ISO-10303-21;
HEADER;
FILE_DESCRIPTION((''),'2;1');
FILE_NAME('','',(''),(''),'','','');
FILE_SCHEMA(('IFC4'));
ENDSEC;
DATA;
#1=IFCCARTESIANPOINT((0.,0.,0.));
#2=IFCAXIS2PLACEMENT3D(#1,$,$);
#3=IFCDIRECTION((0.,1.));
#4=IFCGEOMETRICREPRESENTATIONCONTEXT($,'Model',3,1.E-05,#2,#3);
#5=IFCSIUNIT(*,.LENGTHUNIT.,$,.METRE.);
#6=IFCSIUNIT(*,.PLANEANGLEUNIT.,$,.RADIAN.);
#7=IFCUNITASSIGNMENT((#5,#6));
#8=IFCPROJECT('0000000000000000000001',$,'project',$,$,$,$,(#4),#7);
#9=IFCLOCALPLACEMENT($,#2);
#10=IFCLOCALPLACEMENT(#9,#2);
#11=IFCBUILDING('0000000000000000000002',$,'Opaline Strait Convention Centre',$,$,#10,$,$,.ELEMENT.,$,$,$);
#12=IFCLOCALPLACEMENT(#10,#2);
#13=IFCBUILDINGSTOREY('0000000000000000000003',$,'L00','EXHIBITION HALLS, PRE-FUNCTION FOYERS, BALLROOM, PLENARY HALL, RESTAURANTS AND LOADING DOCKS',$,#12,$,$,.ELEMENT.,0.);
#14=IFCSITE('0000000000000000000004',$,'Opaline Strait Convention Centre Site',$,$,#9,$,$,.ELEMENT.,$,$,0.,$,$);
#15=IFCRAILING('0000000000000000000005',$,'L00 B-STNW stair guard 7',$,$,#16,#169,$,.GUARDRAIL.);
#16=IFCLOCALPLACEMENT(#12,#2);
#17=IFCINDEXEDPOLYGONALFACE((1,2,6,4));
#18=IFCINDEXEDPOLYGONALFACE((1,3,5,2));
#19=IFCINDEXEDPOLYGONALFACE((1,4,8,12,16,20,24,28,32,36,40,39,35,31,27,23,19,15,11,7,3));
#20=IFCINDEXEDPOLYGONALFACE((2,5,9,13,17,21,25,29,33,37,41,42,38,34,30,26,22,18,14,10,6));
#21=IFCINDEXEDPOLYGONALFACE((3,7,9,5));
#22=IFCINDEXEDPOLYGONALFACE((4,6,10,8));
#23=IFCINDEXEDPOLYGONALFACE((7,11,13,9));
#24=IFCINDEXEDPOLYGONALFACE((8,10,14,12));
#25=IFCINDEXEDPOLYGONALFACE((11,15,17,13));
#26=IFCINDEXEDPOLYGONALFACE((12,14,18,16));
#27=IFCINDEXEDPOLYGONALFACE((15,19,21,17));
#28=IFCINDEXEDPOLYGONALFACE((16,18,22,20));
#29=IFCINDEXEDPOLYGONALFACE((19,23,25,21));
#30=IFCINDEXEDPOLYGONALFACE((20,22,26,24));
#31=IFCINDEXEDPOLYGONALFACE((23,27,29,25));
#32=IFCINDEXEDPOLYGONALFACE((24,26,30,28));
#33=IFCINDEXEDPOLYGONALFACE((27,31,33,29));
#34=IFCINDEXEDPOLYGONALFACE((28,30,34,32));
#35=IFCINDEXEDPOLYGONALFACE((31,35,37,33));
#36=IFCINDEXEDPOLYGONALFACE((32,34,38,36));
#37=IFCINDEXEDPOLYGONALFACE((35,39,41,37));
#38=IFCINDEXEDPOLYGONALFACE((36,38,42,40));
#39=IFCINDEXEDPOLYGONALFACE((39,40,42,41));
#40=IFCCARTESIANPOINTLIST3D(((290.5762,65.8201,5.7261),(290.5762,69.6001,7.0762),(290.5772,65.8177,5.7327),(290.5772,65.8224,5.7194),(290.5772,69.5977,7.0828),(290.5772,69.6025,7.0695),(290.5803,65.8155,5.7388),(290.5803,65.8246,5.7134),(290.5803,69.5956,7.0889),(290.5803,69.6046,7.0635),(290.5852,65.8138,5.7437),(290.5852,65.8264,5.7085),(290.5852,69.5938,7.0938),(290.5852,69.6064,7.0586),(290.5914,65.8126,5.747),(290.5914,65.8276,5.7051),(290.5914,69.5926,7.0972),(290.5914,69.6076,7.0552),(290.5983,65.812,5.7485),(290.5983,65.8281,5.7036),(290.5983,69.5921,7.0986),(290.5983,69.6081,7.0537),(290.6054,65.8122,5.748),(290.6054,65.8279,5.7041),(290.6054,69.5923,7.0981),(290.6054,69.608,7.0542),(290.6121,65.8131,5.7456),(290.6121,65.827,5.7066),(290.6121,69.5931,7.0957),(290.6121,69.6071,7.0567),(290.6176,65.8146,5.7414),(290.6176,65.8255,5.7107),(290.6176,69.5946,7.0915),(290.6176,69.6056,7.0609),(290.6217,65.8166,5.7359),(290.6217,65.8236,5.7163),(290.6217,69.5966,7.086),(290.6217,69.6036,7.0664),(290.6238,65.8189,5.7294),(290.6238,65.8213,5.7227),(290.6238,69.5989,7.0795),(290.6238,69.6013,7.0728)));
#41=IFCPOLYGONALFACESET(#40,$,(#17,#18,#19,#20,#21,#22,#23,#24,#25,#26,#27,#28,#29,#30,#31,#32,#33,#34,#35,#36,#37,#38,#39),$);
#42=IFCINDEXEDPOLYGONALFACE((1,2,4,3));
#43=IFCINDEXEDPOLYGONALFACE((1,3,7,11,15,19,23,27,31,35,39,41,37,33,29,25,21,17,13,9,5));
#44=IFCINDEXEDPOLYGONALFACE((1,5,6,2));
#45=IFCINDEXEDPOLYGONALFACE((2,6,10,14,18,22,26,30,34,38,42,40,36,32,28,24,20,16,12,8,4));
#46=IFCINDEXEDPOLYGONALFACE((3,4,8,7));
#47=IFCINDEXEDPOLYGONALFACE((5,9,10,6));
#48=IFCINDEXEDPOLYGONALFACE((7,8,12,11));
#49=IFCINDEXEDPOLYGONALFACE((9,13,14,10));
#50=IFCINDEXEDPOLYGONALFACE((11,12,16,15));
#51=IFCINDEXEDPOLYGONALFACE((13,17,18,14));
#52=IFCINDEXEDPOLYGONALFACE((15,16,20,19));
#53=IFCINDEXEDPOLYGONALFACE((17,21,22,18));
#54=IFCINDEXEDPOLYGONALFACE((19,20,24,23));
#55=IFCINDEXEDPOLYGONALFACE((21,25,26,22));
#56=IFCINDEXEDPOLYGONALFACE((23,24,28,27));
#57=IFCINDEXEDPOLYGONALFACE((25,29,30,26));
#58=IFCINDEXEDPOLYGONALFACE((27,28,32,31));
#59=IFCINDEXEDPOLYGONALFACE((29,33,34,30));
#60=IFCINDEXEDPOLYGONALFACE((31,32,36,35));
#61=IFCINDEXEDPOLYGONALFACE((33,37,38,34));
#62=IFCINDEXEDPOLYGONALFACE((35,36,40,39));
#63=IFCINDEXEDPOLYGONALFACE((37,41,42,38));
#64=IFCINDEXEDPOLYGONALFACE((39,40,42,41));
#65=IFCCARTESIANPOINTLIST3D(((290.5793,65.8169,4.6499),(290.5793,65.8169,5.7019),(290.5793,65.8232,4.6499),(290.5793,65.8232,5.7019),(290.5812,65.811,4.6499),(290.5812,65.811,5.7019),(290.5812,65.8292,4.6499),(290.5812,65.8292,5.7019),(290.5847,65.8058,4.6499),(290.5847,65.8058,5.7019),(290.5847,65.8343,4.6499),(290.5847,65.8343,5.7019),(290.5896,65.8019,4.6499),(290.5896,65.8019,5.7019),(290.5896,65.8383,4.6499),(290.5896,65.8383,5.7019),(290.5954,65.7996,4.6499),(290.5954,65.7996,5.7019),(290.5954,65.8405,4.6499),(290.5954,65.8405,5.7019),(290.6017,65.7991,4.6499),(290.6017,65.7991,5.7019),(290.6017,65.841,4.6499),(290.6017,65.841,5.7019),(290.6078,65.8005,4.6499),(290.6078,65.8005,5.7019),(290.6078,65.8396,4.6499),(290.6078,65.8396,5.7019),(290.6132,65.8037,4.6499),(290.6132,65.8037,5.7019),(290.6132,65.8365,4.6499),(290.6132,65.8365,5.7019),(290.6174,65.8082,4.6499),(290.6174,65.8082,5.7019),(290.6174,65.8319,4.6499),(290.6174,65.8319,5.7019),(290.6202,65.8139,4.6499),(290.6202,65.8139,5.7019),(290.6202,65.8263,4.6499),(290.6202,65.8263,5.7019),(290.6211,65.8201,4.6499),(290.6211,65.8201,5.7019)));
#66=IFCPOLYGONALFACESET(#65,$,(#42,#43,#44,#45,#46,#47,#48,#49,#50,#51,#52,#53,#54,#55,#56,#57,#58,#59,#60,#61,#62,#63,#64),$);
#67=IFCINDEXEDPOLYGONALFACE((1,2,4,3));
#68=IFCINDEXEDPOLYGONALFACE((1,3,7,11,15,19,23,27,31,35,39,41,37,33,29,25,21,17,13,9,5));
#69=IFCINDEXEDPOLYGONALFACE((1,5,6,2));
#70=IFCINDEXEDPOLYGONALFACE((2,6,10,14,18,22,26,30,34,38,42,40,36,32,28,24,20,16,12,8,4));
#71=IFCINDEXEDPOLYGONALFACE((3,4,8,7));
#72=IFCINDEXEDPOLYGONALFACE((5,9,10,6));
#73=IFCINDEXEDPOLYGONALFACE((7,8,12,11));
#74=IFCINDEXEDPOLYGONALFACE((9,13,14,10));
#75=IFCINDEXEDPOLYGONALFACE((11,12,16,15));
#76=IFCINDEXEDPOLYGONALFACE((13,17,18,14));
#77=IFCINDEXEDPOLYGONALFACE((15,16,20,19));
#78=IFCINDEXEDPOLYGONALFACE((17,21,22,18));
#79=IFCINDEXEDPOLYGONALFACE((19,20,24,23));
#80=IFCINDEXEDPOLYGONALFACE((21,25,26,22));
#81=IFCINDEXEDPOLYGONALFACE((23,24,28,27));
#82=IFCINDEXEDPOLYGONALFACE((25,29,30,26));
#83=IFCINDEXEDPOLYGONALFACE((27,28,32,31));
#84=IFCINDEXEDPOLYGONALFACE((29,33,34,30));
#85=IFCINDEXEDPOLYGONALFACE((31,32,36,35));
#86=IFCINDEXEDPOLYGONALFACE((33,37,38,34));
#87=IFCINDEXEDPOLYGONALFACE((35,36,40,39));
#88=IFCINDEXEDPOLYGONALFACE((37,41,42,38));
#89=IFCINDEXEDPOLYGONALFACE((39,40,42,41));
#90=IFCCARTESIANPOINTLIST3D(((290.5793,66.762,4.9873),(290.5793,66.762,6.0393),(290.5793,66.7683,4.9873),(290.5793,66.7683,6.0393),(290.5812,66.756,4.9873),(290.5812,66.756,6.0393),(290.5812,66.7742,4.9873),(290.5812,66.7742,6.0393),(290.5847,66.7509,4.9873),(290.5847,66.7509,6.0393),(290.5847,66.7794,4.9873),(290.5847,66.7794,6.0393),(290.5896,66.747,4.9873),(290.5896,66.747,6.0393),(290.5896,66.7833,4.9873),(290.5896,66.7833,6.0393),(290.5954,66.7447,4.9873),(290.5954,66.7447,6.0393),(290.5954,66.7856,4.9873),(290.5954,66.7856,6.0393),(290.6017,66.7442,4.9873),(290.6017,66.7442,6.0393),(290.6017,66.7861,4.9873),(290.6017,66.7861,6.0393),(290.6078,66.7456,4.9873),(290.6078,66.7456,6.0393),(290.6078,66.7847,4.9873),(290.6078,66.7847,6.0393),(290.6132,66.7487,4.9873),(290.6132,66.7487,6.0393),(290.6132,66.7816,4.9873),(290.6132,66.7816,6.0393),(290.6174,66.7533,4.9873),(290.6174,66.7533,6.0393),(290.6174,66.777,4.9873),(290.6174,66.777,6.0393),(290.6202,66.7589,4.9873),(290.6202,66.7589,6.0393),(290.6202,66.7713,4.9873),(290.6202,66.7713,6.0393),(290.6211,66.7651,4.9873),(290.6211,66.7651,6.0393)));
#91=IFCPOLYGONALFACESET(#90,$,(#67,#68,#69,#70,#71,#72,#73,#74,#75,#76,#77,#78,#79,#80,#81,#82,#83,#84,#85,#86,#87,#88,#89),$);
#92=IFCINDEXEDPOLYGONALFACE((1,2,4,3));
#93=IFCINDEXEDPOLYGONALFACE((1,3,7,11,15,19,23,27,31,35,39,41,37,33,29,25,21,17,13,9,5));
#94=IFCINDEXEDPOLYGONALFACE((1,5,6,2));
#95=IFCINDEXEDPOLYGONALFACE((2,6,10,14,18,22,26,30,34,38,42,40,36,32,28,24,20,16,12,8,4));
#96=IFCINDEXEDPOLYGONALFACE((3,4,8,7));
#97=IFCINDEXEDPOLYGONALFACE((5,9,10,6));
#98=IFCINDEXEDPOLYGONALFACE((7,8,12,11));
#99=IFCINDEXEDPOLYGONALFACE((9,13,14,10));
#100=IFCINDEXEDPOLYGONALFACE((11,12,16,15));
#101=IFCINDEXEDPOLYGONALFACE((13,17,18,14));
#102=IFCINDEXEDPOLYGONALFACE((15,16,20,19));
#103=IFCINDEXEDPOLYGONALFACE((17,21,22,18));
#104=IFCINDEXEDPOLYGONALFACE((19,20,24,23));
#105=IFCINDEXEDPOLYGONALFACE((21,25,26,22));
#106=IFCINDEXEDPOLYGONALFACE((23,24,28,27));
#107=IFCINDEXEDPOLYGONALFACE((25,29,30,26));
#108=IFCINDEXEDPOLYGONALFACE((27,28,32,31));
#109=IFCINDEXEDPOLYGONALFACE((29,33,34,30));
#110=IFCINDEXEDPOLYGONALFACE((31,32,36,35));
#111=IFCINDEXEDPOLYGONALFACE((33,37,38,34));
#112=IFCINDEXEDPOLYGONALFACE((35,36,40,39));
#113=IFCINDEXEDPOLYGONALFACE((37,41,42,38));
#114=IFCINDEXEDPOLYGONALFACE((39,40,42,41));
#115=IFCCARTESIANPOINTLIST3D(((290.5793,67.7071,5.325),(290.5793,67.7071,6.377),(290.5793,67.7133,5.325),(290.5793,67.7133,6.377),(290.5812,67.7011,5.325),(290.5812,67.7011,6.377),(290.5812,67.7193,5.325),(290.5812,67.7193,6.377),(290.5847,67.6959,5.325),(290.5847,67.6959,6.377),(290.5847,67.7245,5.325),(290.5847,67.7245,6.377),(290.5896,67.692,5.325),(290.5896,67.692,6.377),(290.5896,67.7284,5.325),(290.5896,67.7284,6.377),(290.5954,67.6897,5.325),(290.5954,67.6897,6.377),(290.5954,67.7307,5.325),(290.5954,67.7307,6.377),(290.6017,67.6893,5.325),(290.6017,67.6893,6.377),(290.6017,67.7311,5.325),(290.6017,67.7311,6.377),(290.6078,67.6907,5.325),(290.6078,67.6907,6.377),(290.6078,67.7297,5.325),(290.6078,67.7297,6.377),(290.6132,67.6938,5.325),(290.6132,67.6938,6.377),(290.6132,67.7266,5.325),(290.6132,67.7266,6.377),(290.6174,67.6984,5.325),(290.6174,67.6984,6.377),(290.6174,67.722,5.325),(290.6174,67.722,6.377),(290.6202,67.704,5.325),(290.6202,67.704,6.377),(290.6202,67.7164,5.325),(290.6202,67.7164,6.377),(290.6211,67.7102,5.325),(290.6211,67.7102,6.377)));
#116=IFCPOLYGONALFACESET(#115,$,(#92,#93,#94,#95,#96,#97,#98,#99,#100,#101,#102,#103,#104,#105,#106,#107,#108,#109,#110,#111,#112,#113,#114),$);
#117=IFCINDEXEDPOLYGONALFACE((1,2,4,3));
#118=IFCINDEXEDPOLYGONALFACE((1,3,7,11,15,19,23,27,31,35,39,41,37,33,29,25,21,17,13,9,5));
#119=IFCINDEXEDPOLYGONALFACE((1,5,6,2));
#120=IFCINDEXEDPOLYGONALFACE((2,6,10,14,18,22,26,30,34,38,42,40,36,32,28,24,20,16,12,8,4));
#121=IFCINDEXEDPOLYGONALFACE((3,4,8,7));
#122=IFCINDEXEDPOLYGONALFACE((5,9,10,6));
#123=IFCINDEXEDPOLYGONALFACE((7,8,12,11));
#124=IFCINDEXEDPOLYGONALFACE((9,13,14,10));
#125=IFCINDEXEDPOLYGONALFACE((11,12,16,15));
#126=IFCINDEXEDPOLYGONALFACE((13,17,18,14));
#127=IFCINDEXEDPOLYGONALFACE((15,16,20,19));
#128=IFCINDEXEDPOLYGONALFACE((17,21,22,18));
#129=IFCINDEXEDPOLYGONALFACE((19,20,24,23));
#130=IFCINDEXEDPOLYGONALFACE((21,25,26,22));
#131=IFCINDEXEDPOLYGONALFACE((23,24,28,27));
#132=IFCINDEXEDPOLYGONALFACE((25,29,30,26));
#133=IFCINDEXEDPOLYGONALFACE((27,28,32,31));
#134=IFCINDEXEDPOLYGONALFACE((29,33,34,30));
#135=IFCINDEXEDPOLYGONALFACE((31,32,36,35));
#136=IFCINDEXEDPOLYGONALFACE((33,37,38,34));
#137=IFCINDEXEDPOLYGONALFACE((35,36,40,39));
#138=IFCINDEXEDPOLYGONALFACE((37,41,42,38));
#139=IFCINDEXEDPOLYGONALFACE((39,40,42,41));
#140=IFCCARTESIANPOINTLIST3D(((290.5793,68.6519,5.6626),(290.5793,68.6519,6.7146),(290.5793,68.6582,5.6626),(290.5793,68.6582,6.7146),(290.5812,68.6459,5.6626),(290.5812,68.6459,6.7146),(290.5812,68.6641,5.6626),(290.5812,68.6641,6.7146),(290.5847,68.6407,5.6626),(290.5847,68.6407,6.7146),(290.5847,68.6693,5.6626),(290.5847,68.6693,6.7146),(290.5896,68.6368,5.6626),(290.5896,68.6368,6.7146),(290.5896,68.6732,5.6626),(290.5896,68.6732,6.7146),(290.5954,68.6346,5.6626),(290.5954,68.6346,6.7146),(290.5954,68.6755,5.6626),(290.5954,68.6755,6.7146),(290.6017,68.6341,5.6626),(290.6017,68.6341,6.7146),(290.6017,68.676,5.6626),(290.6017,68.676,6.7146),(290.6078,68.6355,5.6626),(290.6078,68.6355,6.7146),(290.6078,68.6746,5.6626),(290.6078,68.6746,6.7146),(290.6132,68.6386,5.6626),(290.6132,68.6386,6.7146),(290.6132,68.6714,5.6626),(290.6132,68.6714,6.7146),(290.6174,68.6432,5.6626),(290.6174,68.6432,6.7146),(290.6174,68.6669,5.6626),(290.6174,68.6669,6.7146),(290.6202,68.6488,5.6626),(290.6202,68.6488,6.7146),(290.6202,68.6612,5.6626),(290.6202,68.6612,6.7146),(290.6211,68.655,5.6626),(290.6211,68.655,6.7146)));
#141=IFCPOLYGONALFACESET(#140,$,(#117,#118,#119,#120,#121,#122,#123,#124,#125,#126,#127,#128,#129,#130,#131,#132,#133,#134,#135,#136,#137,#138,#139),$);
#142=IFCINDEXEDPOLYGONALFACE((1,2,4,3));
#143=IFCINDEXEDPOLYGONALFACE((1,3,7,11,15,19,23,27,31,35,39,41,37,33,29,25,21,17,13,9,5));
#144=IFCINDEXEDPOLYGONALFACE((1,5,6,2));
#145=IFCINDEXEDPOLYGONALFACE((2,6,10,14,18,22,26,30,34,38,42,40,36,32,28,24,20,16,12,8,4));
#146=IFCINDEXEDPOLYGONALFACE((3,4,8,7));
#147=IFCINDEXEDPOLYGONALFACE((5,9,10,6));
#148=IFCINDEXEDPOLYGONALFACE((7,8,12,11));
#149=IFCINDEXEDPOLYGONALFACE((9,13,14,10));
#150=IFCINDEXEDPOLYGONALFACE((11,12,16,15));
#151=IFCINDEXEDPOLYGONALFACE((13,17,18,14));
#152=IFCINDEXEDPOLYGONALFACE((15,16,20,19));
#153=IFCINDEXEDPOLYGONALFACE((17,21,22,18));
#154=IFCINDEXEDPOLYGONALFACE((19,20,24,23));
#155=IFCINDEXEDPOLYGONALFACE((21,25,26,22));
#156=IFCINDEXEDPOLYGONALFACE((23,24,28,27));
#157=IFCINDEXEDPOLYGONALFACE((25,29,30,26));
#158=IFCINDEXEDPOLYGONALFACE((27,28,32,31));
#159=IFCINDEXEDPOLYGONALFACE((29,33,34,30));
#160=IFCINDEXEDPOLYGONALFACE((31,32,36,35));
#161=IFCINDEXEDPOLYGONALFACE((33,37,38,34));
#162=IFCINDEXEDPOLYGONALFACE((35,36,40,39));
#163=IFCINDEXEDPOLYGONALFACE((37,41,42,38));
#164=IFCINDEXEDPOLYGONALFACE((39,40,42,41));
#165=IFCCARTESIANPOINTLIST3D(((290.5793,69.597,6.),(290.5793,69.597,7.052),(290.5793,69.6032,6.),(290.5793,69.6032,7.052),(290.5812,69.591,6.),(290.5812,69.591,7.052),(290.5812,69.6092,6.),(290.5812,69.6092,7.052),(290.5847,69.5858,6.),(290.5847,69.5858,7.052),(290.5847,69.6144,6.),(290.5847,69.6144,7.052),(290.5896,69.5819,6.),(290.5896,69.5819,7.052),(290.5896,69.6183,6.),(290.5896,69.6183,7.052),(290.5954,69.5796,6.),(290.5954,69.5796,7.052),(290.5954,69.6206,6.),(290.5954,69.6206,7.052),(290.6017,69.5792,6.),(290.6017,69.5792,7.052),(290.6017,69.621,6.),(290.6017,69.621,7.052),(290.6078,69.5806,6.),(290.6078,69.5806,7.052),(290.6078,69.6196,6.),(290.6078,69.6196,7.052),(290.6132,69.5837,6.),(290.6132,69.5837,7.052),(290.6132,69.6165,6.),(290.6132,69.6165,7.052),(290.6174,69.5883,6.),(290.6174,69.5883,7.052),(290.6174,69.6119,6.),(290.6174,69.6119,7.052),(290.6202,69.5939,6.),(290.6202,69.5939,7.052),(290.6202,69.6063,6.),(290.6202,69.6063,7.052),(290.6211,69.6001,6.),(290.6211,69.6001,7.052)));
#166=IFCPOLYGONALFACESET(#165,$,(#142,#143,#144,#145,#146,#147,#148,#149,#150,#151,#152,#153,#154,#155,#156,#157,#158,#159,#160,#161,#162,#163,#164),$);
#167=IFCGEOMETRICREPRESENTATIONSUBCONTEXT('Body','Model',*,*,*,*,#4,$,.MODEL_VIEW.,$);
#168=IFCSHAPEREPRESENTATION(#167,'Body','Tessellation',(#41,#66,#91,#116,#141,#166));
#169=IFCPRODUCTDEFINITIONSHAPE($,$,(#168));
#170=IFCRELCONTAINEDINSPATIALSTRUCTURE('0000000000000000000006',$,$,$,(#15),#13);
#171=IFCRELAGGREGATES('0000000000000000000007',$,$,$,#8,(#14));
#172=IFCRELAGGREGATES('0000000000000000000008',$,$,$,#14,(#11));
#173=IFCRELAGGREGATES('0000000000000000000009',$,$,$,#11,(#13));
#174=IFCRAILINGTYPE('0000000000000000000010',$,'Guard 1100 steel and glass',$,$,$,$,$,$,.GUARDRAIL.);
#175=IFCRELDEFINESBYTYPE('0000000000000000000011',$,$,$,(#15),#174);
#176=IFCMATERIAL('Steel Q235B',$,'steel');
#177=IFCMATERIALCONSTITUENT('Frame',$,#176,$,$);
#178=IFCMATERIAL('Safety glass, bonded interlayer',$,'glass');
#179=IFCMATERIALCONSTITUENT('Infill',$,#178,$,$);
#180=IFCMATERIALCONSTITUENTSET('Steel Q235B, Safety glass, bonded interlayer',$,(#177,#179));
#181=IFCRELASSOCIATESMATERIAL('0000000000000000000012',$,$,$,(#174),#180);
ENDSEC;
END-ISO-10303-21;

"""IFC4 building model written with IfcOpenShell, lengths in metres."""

from ifc_helpers import new_model, si_unit, direction, frame, origin, origin_2d, place, context, subcontext, project, spatial, circle, extrude, material, constituent, constituent_set, type_object, element, save


model = new_model("IFC4")

# Units and contexts
model_context = context("Model", 3, precision=1e-05, world=origin(), true_north=direction((0.0, 1.0)))
body_context = subcontext(model_context, "Body", "Model", "MODEL_VIEW")
ifc_project = project(units=[si_unit("LENGTHUNIT", "METRE"), si_unit("PLANEANGLEUNIT", "RADIAN")], contexts=[model_context])

# Site, building, storey
site_placement = place(None, origin())
site = spatial("IfcSite", under=ifc_project, at=site_placement, Name="Opaline Strait Convention Centre Site", CompositionType="ELEMENT", RefElevation=0.0)
building_placement = place(site_placement, origin())
building = spatial("IfcBuilding", under=site, at=building_placement, Name="Opaline Strait Convention Centre", CompositionType="ELEMENT")
storey_placement = place(building_placement, origin())
storey = spatial("IfcBuildingStorey", under=building, at=storey_placement, Name="L00", Description="EXHIBITION HALLS, PRE-FUNCTION FOYERS, BALLROOM, PLENARY HALL, RESTAURANTS AND LOADING DOCKS", CompositionType="ELEMENT", Elevation=0.0)

# Shared definitions
ifc_material_1 = material(Name="Steel Q235B", Category="steel")

# Railing
ifc_constituent_1 = constituent(ifc_material_1, Name="Frame")
ifc_material_2 = material(Name="Safety glass, bonded interlayer", Category="glass")
ifc_constituent_2 = constituent(ifc_material_2, Name="Infill")
ifc_constituent_set = constituent_set(constituents=[ifc_constituent_1, ifc_constituent_2], Name="Steel Q235B, Safety glass, bonded interlayer")
railing_type_1 = type_object("IfcRailingType", Name="Guard 1100 steel and glass", PredefinedType="GUARDRAIL", material=ifc_constituent_set)
railing_1_placement = place(storey_placement, frame((290.6001, 65.8201, 4.6499)))
element("IfcRailing", 1, at=railing_1_placement, inside=storey, type_object=railing_type_1, Name="L00 B-STNW stair guard 7", PredefinedType="GUARDRAIL", context=body_context, shape_type="SweptSolid", body=[
    extrude(circle(Radius=0.0239, at=origin_2d()), frame((0.0, 0.0, 1.0762), z_axis=(0.0, 0.941735, 0.336356), x_axis=(-1.0, 0.0, 0.0)), (0.0, 0.0, 1.0), 4.0139),
    extrude(circle(Radius=0.021, at=origin_2d()), origin(), (0.0, 0.0, 1.0), 1.052),
    extrude(circle(Radius=0.021, at=origin_2d()), frame((0.0, 0.9451, 0.3374)), (0.0, 0.0, 1.0), 1.052),
    extrude(circle(Radius=0.021, at=origin_2d()), frame((0.0, 1.8901, 0.675)), (0.0, 0.0, 1.0), 1.052),
    extrude(circle(Radius=0.021, at=origin_2d()), frame((0.0, 2.835, 1.0127)), (0.0, 0.0, 1.0), 1.052),
    extrude(circle(Radius=0.021, at=origin_2d()), frame((0.0, 3.78, 1.3501)), (0.0, 0.0, 1.0), 1.052),
])

save(model, "model.ifc")
